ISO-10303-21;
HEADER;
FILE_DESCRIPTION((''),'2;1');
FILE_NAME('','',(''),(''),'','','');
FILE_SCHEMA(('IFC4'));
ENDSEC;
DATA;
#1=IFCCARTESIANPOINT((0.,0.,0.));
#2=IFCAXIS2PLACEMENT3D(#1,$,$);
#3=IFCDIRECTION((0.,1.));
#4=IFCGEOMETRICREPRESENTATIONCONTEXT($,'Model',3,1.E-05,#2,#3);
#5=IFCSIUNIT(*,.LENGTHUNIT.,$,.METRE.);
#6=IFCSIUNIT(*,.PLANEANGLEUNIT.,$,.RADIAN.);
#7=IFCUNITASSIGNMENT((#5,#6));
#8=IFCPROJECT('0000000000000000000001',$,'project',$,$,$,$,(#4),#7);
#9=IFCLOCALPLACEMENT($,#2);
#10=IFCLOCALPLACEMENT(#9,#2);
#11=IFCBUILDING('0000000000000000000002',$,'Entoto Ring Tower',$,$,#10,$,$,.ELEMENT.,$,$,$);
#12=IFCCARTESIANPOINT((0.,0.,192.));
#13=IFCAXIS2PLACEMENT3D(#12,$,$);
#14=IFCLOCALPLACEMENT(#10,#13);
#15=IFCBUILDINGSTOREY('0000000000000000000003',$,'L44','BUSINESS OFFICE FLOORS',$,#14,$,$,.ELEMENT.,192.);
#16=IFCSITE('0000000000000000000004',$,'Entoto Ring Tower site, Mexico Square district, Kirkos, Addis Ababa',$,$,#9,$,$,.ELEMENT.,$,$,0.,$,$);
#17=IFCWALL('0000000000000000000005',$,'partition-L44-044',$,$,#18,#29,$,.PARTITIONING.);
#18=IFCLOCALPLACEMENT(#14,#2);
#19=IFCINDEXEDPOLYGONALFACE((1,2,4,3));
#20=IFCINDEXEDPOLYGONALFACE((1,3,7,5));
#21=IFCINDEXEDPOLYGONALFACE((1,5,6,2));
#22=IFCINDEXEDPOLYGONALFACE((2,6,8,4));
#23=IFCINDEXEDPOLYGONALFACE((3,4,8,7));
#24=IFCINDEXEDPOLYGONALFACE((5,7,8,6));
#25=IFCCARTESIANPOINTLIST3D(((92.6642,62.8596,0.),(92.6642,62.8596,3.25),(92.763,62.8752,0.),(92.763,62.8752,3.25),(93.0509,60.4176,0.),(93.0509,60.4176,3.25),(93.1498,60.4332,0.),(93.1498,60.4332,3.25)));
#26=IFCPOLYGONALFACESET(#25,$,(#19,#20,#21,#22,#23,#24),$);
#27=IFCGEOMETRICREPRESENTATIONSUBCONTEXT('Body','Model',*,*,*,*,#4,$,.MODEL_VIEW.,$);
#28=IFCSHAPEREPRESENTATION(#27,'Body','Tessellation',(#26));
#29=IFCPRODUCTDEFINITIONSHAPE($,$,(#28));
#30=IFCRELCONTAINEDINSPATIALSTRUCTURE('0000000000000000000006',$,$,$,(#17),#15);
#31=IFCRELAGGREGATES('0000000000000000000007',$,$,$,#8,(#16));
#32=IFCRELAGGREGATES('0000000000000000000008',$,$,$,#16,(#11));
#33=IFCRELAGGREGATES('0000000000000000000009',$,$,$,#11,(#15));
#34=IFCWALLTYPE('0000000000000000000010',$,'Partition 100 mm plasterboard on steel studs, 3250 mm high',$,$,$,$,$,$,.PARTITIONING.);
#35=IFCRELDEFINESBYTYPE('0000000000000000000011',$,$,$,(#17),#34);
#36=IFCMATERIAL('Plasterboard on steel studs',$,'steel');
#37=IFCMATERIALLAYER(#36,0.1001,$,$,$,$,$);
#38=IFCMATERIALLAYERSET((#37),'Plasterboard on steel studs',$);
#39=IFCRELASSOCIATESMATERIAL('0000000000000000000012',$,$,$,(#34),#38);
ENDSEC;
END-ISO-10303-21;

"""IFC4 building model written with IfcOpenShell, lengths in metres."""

from ifc_helpers import new_model, si_unit, direction, frame, frame_2d, origin, place, context, subcontext, project, spatial, rectangle, extrude, material, layer, layer_set, type_object, element, save


model = new_model("IFC4")

# Units and contexts
model_context = context("Model", 3, precision=1e-05, world=origin(), true_north=direction((0.0, 1.0)))
body_context = subcontext(model_context, "Body", "Model", "MODEL_VIEW")
ifc_project = project(units=[si_unit("LENGTHUNIT", "METRE"), si_unit("PLANEANGLEUNIT", "RADIAN")], contexts=[model_context])

# Site, building, storey
site_placement = place(None, origin())
site = spatial("IfcSite", under=ifc_project, at=site_placement, Name="Entoto Ring Tower site, Mexico Square district, Kirkos, Addis Ababa", CompositionType="ELEMENT", RefElevation=0.0)
building_placement = place(site_placement, origin())
building = spatial("IfcBuilding", under=site, at=building_placement, Name="Entoto Ring Tower", CompositionType="ELEMENT")
storey_placement = place(building_placement, frame((0.0, 0.0, 192.0)))
storey = spatial("IfcBuildingStorey", under=building, at=storey_placement, Name="L44", Description="BUSINESS OFFICE FLOORS", CompositionType="ELEMENT", Elevation=192.0)

# Wall
ifc_material_1 = material(Name="Plasterboard on steel studs", Category="steel")
ifc_layer_1 = layer(ifc_material_1, 0.1001)
ifc_layer_set_1 = layer_set([ifc_layer_1], Name="Plasterboard on steel studs")
wall_type_1 = type_object("IfcWallType", Name="Partition 100 mm plasterboard on steel studs, 3250 mm high", PredefinedType="PARTITIONING", material=ifc_layer_set_1)
wall_1_placement = place(storey_placement, frame((93.1003, 60.4253, 0.0), z_axis=(0.0, 0.0, 1.0), x_axis=(-0.156419, 0.987691, 0.0)))
element("IfcWall", 1, at=wall_1_placement, inside=storey, type_object=wall_type_1, Name="partition-L44-044", PredefinedType="PARTITIONING", context=body_context, shape_type="SweptSolid", body=[
    extrude(rectangle(XDim=2.4724, YDim=0.1001, at=frame_2d((1.2363, 0.0))), origin(), (0.0, 0.0, 1.0), 3.25),
])

save(model, "model.ifc")
